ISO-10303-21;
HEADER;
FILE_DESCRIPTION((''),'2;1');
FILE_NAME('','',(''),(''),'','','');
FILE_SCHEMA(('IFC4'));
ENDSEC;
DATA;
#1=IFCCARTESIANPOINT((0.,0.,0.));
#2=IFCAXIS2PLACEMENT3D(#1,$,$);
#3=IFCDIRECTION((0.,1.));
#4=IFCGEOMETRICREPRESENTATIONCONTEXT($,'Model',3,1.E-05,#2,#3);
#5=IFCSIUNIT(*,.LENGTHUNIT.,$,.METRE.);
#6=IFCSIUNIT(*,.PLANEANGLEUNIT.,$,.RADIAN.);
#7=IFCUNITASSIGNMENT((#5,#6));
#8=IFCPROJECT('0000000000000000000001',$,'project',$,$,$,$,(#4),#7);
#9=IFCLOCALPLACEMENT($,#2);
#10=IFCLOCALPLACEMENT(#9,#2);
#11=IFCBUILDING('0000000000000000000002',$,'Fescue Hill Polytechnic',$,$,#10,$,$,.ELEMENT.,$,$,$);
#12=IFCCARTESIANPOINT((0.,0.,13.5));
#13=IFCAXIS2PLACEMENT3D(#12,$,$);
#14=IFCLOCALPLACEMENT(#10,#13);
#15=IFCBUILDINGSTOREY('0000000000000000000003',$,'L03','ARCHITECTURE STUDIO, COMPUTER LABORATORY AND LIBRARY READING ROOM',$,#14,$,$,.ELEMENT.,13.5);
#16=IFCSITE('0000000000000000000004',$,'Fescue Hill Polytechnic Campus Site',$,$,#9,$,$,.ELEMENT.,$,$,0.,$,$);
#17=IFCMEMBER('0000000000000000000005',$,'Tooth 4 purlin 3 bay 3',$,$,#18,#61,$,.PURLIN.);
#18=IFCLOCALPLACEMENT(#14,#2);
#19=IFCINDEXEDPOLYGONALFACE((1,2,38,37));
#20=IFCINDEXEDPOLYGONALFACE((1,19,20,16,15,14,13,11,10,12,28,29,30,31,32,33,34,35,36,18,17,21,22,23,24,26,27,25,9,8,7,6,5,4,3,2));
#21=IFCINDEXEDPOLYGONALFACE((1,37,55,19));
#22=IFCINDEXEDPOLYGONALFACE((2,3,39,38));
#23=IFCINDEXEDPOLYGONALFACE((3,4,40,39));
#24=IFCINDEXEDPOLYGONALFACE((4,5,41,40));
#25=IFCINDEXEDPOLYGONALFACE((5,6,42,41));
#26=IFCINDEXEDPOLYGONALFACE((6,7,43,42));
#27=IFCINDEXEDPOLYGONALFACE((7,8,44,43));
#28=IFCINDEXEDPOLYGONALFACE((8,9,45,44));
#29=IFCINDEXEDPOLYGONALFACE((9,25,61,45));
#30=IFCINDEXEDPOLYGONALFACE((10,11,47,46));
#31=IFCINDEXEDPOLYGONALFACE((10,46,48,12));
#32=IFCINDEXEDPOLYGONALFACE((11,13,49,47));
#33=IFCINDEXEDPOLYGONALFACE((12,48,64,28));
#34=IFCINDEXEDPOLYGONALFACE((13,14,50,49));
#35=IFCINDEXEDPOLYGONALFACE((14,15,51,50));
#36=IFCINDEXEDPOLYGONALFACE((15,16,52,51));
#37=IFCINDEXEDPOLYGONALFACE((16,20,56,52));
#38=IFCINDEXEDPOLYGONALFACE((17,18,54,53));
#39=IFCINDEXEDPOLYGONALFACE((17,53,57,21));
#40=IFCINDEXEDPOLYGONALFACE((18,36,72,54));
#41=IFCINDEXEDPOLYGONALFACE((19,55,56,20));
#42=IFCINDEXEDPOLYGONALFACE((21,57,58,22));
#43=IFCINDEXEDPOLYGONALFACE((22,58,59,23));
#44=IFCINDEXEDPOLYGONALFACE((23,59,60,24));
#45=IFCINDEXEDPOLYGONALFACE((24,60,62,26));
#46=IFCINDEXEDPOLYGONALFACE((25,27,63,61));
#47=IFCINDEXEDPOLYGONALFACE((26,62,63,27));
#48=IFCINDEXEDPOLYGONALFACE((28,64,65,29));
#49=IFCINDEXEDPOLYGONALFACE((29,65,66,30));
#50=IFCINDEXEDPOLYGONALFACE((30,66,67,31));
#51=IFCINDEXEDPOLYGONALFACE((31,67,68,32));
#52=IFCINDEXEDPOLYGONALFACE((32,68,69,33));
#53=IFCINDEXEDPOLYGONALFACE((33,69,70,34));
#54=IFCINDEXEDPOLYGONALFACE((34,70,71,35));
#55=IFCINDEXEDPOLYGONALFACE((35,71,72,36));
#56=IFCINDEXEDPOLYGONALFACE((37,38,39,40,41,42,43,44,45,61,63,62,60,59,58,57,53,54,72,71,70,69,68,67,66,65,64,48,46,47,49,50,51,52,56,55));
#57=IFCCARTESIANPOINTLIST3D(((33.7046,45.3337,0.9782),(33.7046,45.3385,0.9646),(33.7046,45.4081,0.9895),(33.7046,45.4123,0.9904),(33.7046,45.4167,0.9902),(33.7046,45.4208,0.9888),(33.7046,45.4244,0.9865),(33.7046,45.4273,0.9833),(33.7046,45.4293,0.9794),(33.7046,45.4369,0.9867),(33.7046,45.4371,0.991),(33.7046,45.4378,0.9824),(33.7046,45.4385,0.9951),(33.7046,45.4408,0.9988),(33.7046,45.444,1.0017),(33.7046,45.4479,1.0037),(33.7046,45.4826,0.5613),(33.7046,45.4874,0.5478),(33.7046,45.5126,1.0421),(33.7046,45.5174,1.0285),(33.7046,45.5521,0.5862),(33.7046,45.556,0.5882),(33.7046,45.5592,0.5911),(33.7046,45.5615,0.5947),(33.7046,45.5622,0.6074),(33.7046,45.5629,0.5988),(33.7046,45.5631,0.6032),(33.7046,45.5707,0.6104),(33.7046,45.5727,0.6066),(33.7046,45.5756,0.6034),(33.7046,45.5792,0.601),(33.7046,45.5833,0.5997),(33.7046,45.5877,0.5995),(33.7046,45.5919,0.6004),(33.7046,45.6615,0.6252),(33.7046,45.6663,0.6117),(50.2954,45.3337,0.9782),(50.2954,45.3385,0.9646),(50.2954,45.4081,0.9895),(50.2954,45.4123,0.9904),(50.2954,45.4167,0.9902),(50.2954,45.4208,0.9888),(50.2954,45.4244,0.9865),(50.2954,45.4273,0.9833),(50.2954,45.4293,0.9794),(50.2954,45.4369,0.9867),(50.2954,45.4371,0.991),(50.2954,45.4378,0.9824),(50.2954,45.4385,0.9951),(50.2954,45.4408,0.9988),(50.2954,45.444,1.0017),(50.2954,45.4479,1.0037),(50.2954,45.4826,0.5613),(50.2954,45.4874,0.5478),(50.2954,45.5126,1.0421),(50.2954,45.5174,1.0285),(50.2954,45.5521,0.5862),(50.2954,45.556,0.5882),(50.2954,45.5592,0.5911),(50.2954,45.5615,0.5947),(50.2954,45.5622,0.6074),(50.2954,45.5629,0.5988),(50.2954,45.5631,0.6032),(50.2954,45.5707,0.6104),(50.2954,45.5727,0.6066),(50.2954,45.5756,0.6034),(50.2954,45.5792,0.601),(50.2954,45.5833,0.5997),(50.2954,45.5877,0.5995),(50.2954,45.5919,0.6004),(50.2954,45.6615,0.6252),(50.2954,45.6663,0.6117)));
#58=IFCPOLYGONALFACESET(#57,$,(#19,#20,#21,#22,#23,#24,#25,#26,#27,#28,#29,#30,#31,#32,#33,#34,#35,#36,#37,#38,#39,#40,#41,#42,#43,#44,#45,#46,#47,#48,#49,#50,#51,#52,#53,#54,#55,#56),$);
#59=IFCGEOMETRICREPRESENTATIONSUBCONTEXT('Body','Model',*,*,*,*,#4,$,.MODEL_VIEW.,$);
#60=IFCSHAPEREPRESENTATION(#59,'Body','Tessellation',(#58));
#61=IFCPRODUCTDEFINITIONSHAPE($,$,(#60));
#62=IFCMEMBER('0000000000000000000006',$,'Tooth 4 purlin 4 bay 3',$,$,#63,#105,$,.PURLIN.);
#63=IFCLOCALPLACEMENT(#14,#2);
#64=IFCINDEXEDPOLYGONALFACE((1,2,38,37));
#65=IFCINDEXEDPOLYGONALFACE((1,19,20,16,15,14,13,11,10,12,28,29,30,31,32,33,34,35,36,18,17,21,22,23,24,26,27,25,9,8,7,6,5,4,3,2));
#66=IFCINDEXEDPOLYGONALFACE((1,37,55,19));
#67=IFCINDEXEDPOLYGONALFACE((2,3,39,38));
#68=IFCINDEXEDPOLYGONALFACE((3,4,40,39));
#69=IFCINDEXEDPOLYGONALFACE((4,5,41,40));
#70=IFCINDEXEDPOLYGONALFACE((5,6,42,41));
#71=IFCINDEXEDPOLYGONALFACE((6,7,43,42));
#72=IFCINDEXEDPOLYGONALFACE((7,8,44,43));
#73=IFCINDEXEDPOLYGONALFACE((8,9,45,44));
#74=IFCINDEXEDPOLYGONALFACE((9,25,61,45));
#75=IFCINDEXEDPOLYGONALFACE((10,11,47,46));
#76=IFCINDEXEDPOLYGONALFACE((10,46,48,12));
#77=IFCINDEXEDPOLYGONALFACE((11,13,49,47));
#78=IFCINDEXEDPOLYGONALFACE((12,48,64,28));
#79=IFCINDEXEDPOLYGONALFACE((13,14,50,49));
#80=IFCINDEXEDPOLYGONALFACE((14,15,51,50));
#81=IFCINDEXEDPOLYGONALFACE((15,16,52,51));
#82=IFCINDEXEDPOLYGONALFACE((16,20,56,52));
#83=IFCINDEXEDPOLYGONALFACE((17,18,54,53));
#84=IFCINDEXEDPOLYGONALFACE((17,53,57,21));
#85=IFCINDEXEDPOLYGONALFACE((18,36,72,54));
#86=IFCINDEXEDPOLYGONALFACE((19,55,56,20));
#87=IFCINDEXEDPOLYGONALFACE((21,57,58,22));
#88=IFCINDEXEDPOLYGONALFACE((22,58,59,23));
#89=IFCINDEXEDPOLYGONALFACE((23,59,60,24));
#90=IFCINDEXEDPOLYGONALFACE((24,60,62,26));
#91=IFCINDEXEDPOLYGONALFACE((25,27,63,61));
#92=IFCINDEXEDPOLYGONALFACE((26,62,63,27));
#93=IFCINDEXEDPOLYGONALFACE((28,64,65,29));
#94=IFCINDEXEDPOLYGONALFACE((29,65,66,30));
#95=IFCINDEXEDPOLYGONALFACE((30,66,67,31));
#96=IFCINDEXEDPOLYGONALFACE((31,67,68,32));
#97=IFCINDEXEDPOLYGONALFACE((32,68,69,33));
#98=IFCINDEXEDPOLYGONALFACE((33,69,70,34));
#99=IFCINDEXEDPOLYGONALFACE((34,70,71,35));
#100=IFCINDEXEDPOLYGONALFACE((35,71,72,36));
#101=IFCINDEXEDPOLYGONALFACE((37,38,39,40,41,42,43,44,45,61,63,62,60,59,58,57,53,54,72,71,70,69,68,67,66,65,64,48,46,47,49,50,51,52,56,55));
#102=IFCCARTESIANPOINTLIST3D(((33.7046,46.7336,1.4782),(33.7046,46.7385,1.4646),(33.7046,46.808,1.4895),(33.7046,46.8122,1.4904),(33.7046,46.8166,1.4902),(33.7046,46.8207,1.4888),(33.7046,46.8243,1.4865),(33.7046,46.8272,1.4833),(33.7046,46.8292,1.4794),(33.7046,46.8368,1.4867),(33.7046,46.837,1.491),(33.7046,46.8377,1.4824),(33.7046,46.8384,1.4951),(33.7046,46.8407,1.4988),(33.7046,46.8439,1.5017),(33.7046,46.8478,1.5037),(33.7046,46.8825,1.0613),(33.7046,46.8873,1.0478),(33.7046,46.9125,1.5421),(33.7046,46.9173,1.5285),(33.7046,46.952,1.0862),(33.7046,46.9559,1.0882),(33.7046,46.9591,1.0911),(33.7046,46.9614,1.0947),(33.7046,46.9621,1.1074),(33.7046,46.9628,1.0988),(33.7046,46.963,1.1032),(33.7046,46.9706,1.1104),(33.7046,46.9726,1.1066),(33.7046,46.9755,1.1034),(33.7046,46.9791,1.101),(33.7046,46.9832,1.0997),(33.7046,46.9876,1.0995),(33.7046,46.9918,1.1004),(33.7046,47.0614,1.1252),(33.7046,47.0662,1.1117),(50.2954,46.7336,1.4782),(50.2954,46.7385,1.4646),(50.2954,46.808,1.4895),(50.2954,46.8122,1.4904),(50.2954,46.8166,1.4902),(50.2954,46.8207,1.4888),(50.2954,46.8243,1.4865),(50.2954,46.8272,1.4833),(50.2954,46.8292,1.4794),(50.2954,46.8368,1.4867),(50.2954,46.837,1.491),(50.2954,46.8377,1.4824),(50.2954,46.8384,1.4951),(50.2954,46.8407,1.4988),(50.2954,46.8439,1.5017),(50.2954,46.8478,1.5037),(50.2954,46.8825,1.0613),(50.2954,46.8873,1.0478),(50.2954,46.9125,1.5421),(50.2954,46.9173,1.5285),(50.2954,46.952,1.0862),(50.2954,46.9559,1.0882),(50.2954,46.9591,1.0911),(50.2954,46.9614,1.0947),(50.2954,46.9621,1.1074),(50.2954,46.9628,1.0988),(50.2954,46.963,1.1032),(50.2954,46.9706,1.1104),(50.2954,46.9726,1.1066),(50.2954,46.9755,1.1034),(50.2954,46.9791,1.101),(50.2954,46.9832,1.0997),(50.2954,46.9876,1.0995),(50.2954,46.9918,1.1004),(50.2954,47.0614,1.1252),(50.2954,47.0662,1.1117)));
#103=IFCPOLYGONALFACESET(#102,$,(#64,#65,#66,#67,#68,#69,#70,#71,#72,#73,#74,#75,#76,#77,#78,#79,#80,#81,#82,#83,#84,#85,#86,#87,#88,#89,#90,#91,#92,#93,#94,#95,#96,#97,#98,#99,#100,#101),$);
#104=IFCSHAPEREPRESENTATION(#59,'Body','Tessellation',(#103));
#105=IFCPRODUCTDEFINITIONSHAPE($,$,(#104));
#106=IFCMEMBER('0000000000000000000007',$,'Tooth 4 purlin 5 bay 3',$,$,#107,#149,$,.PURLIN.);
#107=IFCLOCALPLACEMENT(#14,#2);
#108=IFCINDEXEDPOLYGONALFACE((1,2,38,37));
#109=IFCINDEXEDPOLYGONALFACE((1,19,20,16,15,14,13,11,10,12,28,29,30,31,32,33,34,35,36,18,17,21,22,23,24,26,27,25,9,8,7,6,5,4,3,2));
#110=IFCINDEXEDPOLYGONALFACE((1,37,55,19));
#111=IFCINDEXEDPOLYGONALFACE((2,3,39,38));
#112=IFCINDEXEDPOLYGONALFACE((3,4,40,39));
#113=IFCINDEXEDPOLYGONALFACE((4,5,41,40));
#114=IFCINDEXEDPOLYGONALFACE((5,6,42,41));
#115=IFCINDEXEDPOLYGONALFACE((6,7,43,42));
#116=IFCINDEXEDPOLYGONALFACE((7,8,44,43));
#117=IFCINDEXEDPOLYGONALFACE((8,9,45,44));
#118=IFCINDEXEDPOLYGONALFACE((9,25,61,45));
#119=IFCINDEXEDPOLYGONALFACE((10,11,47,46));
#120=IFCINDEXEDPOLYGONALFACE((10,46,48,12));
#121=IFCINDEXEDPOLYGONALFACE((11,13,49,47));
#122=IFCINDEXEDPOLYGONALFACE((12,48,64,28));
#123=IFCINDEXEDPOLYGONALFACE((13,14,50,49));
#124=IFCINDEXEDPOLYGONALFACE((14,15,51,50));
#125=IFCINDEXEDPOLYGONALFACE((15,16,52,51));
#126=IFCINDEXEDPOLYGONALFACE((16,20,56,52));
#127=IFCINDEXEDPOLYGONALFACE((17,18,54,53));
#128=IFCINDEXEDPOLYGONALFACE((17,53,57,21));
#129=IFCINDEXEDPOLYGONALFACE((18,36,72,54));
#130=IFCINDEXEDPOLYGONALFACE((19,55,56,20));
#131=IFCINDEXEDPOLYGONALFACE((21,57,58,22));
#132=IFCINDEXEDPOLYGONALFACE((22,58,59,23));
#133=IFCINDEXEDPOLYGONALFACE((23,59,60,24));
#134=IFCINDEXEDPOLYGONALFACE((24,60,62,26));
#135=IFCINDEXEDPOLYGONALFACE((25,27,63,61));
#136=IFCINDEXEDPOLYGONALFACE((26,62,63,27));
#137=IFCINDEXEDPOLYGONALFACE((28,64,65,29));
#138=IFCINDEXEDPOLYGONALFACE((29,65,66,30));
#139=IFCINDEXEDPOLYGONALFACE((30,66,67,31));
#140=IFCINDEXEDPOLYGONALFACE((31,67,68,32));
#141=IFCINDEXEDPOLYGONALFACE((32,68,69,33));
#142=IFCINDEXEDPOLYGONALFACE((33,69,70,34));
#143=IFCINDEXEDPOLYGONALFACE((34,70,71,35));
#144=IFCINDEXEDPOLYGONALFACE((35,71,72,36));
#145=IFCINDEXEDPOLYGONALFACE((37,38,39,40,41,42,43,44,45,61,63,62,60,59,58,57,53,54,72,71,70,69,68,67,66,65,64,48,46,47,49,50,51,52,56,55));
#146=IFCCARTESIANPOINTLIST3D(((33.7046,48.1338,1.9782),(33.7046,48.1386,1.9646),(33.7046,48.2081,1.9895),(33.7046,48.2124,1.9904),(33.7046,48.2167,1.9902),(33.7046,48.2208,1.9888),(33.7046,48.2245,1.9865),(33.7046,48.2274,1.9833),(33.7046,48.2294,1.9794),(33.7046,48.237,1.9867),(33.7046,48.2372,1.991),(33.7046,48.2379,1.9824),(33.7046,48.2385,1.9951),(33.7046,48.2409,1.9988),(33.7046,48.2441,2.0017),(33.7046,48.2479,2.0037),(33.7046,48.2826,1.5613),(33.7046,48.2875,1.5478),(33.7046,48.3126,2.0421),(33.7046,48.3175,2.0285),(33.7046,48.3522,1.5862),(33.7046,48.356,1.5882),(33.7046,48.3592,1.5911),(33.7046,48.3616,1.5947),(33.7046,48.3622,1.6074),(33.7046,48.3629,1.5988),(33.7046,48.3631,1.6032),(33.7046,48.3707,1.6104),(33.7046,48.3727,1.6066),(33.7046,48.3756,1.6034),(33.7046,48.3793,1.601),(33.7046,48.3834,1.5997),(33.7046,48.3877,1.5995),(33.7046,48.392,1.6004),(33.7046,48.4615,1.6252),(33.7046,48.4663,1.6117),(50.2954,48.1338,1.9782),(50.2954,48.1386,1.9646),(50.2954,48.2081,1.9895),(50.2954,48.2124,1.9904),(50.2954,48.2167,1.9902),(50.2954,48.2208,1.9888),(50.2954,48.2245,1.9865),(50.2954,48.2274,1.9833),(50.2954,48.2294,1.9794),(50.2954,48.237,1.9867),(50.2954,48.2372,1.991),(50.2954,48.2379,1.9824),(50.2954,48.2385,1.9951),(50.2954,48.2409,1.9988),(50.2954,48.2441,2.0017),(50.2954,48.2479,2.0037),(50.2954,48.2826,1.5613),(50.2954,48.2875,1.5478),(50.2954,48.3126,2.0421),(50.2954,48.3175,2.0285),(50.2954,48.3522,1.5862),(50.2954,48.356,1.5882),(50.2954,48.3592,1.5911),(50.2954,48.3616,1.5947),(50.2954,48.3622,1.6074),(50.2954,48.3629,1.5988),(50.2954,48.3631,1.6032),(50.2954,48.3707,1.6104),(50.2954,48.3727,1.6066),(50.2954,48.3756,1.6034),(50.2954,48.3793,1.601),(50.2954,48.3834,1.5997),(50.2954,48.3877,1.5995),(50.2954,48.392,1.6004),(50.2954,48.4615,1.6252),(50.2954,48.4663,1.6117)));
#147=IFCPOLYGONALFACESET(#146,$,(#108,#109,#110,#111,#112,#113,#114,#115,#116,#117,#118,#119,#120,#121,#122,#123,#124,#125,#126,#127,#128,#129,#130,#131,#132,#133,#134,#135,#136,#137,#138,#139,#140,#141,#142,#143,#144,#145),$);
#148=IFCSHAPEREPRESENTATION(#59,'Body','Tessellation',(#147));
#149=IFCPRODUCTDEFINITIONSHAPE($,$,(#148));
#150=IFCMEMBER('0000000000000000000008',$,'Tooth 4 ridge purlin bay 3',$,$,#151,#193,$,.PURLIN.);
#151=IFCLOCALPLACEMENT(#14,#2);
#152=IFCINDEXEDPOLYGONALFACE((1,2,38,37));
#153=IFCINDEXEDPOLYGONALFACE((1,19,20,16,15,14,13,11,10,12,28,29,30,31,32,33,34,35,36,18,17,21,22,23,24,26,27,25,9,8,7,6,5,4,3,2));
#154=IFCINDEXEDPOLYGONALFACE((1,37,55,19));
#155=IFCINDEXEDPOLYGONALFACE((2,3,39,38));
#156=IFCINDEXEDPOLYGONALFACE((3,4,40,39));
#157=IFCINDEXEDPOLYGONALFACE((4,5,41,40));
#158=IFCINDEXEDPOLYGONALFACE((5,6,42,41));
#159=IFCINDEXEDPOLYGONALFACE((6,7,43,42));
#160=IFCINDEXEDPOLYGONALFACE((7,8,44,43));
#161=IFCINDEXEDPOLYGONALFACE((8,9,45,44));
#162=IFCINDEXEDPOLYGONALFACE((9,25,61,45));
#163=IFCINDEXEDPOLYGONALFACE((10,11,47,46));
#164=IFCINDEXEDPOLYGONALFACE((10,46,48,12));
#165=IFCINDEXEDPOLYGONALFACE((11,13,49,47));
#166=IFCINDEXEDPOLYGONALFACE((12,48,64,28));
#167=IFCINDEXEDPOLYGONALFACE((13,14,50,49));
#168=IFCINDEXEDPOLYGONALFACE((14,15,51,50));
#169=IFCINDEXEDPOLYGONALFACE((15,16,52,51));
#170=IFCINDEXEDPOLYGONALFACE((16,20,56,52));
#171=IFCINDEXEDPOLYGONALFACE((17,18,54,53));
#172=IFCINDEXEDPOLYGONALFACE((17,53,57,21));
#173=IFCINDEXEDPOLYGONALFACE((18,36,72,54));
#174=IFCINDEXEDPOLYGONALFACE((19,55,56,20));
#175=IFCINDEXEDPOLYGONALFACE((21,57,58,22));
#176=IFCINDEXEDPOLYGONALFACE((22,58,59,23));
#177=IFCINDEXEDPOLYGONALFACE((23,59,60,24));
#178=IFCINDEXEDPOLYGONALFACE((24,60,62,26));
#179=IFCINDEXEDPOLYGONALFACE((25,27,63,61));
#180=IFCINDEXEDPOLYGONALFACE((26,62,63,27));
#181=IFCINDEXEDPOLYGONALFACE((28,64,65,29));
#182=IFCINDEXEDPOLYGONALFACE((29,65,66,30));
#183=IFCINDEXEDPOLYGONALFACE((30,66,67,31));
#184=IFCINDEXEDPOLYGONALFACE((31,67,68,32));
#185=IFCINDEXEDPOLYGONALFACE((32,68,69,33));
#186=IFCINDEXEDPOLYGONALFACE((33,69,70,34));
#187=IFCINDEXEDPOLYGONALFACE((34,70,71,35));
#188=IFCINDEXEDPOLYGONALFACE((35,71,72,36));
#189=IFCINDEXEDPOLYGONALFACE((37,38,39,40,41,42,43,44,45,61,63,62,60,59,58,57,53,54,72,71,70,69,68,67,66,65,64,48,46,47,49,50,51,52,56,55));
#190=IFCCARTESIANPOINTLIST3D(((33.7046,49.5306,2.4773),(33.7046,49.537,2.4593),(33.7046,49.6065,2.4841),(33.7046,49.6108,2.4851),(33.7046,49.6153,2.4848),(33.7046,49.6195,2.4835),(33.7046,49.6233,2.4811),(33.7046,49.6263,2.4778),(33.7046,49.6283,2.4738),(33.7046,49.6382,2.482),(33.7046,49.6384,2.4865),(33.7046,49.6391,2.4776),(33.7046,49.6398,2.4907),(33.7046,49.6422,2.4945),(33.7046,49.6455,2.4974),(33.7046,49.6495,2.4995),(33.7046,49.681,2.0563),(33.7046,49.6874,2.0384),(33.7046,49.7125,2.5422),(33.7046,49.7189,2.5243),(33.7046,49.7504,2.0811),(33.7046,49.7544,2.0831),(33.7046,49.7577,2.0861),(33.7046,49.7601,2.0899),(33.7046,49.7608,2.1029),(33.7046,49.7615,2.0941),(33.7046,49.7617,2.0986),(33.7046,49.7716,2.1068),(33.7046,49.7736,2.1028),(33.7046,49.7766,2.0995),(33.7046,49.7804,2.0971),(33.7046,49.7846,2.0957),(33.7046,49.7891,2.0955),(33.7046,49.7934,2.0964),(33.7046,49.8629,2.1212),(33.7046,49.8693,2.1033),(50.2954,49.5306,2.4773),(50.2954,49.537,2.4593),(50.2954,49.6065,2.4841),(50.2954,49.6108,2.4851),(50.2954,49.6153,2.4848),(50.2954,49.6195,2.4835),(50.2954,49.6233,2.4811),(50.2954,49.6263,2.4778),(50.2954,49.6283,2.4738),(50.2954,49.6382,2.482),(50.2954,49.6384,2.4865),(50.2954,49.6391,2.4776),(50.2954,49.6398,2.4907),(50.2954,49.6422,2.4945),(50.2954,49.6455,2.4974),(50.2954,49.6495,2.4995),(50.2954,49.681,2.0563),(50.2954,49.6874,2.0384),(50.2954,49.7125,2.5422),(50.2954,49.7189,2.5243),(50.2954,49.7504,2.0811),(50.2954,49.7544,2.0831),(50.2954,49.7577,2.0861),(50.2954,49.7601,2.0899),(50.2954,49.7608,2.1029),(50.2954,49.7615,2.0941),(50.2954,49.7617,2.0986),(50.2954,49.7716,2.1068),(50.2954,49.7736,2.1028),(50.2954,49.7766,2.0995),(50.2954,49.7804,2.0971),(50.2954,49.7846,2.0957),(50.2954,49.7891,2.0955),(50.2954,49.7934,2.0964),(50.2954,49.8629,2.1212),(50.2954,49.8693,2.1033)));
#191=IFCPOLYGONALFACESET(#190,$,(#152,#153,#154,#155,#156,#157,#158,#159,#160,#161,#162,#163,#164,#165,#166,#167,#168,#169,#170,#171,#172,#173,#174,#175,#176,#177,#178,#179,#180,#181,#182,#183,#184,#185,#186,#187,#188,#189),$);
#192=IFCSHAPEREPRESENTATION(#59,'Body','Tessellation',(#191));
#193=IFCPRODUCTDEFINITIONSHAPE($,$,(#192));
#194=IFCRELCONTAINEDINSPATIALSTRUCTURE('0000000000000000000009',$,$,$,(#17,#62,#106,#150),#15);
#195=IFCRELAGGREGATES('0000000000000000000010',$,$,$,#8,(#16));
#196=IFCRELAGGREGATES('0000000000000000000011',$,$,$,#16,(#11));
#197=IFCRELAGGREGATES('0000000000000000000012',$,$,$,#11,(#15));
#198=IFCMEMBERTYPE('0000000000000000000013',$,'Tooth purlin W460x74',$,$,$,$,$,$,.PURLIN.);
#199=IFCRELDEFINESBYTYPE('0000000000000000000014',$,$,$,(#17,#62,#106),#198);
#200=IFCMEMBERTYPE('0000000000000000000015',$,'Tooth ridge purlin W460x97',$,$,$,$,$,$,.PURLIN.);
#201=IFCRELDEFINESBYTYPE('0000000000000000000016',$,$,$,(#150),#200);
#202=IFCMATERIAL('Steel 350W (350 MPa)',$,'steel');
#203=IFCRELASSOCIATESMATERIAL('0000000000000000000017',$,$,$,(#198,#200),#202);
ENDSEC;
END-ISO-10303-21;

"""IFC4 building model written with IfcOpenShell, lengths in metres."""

from ifc_helpers import new_model, si_unit, direction, frame, origin, origin_2d, place, context, subcontext, project, spatial, i_section, extrude, material, material_profile, profile_set, type_object, element, save


model = new_model("IFC4")

# Units and contexts
model_context = context("Model", 3, precision=1e-05, world=origin(), true_north=direction((0.0, 1.0)))
body_context = subcontext(model_context, "Body", "Model", "MODEL_VIEW")
ifc_project = project(units=[si_unit("LENGTHUNIT", "METRE"), si_unit("PLANEANGLEUNIT", "RADIAN")], contexts=[model_context])

# Site, building, storey
site_placement = place(None, origin())
site = spatial("IfcSite", under=ifc_project, at=site_placement, Name="Fescue Hill Polytechnic Campus Site", CompositionType="ELEMENT", RefElevation=0.0)
building_placement = place(site_placement, origin())
building = spatial("IfcBuilding", under=site, at=building_placement, Name="Fescue Hill Polytechnic", CompositionType="ELEMENT")
storey_placement = place(building_placement, frame((0.0, 0.0, 13.5)))
storey = spatial("IfcBuildingStorey", under=building, at=storey_placement, Name="L03", Description="ARCHITECTURE STUDIO, COMPUTER LABORATORY AND LIBRARY READING ROOM", CompositionType="ELEMENT", Elevation=13.5)

# Members
ifc_material_1 = material(Name="Steel 350W (350 MPa)", Category="steel")
ifc_material_profile_1 = material_profile(ifc_material_1, i_section(OverallWidth=0.1899, OverallDepth=0.457, WebThickness=0.009, FlangeThickness=0.0144, FilletRadius=0.0166, at=origin_2d()), Name="W460x74")
ifc_profile_set_1 = profile_set([ifc_material_profile_1], Name="Steel 350W (350 MPa)")
member_type_1 = type_object("IfcMemberType", Name="Tooth purlin W460x74", PredefinedType="PURLIN", material=ifc_profile_set_1)
for number, where, z_axis, x_axis, name in (
    (1, (33.7046, 45.5, 0.7949), (1.0, 0.0, 0.0), (0.0, 0.941742, 0.336336), "Tooth 4 purlin 3 bay 3"),
    (2, (33.7046, 46.8999, 1.2949), (1.0, 0.0, 0.0), (0.0, 0.941742, 0.336336), "Tooth 4 purlin 4 bay 3"),
    (3, (33.7046, 48.3, 1.7949), (1.0, 0.0, 0.0), (0.0, 0.941742, 0.336336), "Tooth 4 purlin 5 bay 3"),
):
    element("IfcMember", number, at=place(storey_placement, frame(where, z_axis=z_axis, x_axis=x_axis)), inside=storey, type_object=member_type_1, Name=name, PredefinedType="PURLIN", context=body_context, shape_type="SweptSolid", body=[
        extrude(i_section(OverallWidth=0.1899, OverallDepth=0.457, WebThickness=0.009, FlangeThickness=0.0144, FilletRadius=0.0166, at=origin_2d()), origin(), (0.0, 0.0, 1.0), 16.5908),
    ])
ifc_material_profile_2 = material_profile(ifc_material_1, i_section(OverallWidth=0.1931, OverallDepth=0.4661, WebThickness=0.0115, FlangeThickness=0.019, FilletRadius=0.0171, at=origin_2d()), Name="W460x97")
ifc_profile_set_2 = profile_set([ifc_material_profile_2], Name="Steel 350W (350 MPa)")
member_type_2 = type_object("IfcMemberType", Name="Tooth ridge purlin W460x97", PredefinedType="PURLIN", material=ifc_profile_set_2)
member_1_placement = place(storey_placement, frame((33.7046, 49.7, 2.2903), z_axis=(1.0, 0.0, 0.0), x_axis=(0.0, 0.941742, 0.336336)))
element("IfcMember", 4, at=member_1_placement, inside=storey, type_object=member_type_2, Name="Tooth 4 ridge purlin bay 3", PredefinedType="PURLIN", context=body_context, shape_type="SweptSolid", body=[
    extrude(i_section(OverallWidth=0.1931, OverallDepth=0.4661, WebThickness=0.0115, FlangeThickness=0.019, FilletRadius=0.0171, at=origin_2d()), origin(), (0.0, 0.0, 1.0), 16.5908),
])

save(model, "model.ifc")
